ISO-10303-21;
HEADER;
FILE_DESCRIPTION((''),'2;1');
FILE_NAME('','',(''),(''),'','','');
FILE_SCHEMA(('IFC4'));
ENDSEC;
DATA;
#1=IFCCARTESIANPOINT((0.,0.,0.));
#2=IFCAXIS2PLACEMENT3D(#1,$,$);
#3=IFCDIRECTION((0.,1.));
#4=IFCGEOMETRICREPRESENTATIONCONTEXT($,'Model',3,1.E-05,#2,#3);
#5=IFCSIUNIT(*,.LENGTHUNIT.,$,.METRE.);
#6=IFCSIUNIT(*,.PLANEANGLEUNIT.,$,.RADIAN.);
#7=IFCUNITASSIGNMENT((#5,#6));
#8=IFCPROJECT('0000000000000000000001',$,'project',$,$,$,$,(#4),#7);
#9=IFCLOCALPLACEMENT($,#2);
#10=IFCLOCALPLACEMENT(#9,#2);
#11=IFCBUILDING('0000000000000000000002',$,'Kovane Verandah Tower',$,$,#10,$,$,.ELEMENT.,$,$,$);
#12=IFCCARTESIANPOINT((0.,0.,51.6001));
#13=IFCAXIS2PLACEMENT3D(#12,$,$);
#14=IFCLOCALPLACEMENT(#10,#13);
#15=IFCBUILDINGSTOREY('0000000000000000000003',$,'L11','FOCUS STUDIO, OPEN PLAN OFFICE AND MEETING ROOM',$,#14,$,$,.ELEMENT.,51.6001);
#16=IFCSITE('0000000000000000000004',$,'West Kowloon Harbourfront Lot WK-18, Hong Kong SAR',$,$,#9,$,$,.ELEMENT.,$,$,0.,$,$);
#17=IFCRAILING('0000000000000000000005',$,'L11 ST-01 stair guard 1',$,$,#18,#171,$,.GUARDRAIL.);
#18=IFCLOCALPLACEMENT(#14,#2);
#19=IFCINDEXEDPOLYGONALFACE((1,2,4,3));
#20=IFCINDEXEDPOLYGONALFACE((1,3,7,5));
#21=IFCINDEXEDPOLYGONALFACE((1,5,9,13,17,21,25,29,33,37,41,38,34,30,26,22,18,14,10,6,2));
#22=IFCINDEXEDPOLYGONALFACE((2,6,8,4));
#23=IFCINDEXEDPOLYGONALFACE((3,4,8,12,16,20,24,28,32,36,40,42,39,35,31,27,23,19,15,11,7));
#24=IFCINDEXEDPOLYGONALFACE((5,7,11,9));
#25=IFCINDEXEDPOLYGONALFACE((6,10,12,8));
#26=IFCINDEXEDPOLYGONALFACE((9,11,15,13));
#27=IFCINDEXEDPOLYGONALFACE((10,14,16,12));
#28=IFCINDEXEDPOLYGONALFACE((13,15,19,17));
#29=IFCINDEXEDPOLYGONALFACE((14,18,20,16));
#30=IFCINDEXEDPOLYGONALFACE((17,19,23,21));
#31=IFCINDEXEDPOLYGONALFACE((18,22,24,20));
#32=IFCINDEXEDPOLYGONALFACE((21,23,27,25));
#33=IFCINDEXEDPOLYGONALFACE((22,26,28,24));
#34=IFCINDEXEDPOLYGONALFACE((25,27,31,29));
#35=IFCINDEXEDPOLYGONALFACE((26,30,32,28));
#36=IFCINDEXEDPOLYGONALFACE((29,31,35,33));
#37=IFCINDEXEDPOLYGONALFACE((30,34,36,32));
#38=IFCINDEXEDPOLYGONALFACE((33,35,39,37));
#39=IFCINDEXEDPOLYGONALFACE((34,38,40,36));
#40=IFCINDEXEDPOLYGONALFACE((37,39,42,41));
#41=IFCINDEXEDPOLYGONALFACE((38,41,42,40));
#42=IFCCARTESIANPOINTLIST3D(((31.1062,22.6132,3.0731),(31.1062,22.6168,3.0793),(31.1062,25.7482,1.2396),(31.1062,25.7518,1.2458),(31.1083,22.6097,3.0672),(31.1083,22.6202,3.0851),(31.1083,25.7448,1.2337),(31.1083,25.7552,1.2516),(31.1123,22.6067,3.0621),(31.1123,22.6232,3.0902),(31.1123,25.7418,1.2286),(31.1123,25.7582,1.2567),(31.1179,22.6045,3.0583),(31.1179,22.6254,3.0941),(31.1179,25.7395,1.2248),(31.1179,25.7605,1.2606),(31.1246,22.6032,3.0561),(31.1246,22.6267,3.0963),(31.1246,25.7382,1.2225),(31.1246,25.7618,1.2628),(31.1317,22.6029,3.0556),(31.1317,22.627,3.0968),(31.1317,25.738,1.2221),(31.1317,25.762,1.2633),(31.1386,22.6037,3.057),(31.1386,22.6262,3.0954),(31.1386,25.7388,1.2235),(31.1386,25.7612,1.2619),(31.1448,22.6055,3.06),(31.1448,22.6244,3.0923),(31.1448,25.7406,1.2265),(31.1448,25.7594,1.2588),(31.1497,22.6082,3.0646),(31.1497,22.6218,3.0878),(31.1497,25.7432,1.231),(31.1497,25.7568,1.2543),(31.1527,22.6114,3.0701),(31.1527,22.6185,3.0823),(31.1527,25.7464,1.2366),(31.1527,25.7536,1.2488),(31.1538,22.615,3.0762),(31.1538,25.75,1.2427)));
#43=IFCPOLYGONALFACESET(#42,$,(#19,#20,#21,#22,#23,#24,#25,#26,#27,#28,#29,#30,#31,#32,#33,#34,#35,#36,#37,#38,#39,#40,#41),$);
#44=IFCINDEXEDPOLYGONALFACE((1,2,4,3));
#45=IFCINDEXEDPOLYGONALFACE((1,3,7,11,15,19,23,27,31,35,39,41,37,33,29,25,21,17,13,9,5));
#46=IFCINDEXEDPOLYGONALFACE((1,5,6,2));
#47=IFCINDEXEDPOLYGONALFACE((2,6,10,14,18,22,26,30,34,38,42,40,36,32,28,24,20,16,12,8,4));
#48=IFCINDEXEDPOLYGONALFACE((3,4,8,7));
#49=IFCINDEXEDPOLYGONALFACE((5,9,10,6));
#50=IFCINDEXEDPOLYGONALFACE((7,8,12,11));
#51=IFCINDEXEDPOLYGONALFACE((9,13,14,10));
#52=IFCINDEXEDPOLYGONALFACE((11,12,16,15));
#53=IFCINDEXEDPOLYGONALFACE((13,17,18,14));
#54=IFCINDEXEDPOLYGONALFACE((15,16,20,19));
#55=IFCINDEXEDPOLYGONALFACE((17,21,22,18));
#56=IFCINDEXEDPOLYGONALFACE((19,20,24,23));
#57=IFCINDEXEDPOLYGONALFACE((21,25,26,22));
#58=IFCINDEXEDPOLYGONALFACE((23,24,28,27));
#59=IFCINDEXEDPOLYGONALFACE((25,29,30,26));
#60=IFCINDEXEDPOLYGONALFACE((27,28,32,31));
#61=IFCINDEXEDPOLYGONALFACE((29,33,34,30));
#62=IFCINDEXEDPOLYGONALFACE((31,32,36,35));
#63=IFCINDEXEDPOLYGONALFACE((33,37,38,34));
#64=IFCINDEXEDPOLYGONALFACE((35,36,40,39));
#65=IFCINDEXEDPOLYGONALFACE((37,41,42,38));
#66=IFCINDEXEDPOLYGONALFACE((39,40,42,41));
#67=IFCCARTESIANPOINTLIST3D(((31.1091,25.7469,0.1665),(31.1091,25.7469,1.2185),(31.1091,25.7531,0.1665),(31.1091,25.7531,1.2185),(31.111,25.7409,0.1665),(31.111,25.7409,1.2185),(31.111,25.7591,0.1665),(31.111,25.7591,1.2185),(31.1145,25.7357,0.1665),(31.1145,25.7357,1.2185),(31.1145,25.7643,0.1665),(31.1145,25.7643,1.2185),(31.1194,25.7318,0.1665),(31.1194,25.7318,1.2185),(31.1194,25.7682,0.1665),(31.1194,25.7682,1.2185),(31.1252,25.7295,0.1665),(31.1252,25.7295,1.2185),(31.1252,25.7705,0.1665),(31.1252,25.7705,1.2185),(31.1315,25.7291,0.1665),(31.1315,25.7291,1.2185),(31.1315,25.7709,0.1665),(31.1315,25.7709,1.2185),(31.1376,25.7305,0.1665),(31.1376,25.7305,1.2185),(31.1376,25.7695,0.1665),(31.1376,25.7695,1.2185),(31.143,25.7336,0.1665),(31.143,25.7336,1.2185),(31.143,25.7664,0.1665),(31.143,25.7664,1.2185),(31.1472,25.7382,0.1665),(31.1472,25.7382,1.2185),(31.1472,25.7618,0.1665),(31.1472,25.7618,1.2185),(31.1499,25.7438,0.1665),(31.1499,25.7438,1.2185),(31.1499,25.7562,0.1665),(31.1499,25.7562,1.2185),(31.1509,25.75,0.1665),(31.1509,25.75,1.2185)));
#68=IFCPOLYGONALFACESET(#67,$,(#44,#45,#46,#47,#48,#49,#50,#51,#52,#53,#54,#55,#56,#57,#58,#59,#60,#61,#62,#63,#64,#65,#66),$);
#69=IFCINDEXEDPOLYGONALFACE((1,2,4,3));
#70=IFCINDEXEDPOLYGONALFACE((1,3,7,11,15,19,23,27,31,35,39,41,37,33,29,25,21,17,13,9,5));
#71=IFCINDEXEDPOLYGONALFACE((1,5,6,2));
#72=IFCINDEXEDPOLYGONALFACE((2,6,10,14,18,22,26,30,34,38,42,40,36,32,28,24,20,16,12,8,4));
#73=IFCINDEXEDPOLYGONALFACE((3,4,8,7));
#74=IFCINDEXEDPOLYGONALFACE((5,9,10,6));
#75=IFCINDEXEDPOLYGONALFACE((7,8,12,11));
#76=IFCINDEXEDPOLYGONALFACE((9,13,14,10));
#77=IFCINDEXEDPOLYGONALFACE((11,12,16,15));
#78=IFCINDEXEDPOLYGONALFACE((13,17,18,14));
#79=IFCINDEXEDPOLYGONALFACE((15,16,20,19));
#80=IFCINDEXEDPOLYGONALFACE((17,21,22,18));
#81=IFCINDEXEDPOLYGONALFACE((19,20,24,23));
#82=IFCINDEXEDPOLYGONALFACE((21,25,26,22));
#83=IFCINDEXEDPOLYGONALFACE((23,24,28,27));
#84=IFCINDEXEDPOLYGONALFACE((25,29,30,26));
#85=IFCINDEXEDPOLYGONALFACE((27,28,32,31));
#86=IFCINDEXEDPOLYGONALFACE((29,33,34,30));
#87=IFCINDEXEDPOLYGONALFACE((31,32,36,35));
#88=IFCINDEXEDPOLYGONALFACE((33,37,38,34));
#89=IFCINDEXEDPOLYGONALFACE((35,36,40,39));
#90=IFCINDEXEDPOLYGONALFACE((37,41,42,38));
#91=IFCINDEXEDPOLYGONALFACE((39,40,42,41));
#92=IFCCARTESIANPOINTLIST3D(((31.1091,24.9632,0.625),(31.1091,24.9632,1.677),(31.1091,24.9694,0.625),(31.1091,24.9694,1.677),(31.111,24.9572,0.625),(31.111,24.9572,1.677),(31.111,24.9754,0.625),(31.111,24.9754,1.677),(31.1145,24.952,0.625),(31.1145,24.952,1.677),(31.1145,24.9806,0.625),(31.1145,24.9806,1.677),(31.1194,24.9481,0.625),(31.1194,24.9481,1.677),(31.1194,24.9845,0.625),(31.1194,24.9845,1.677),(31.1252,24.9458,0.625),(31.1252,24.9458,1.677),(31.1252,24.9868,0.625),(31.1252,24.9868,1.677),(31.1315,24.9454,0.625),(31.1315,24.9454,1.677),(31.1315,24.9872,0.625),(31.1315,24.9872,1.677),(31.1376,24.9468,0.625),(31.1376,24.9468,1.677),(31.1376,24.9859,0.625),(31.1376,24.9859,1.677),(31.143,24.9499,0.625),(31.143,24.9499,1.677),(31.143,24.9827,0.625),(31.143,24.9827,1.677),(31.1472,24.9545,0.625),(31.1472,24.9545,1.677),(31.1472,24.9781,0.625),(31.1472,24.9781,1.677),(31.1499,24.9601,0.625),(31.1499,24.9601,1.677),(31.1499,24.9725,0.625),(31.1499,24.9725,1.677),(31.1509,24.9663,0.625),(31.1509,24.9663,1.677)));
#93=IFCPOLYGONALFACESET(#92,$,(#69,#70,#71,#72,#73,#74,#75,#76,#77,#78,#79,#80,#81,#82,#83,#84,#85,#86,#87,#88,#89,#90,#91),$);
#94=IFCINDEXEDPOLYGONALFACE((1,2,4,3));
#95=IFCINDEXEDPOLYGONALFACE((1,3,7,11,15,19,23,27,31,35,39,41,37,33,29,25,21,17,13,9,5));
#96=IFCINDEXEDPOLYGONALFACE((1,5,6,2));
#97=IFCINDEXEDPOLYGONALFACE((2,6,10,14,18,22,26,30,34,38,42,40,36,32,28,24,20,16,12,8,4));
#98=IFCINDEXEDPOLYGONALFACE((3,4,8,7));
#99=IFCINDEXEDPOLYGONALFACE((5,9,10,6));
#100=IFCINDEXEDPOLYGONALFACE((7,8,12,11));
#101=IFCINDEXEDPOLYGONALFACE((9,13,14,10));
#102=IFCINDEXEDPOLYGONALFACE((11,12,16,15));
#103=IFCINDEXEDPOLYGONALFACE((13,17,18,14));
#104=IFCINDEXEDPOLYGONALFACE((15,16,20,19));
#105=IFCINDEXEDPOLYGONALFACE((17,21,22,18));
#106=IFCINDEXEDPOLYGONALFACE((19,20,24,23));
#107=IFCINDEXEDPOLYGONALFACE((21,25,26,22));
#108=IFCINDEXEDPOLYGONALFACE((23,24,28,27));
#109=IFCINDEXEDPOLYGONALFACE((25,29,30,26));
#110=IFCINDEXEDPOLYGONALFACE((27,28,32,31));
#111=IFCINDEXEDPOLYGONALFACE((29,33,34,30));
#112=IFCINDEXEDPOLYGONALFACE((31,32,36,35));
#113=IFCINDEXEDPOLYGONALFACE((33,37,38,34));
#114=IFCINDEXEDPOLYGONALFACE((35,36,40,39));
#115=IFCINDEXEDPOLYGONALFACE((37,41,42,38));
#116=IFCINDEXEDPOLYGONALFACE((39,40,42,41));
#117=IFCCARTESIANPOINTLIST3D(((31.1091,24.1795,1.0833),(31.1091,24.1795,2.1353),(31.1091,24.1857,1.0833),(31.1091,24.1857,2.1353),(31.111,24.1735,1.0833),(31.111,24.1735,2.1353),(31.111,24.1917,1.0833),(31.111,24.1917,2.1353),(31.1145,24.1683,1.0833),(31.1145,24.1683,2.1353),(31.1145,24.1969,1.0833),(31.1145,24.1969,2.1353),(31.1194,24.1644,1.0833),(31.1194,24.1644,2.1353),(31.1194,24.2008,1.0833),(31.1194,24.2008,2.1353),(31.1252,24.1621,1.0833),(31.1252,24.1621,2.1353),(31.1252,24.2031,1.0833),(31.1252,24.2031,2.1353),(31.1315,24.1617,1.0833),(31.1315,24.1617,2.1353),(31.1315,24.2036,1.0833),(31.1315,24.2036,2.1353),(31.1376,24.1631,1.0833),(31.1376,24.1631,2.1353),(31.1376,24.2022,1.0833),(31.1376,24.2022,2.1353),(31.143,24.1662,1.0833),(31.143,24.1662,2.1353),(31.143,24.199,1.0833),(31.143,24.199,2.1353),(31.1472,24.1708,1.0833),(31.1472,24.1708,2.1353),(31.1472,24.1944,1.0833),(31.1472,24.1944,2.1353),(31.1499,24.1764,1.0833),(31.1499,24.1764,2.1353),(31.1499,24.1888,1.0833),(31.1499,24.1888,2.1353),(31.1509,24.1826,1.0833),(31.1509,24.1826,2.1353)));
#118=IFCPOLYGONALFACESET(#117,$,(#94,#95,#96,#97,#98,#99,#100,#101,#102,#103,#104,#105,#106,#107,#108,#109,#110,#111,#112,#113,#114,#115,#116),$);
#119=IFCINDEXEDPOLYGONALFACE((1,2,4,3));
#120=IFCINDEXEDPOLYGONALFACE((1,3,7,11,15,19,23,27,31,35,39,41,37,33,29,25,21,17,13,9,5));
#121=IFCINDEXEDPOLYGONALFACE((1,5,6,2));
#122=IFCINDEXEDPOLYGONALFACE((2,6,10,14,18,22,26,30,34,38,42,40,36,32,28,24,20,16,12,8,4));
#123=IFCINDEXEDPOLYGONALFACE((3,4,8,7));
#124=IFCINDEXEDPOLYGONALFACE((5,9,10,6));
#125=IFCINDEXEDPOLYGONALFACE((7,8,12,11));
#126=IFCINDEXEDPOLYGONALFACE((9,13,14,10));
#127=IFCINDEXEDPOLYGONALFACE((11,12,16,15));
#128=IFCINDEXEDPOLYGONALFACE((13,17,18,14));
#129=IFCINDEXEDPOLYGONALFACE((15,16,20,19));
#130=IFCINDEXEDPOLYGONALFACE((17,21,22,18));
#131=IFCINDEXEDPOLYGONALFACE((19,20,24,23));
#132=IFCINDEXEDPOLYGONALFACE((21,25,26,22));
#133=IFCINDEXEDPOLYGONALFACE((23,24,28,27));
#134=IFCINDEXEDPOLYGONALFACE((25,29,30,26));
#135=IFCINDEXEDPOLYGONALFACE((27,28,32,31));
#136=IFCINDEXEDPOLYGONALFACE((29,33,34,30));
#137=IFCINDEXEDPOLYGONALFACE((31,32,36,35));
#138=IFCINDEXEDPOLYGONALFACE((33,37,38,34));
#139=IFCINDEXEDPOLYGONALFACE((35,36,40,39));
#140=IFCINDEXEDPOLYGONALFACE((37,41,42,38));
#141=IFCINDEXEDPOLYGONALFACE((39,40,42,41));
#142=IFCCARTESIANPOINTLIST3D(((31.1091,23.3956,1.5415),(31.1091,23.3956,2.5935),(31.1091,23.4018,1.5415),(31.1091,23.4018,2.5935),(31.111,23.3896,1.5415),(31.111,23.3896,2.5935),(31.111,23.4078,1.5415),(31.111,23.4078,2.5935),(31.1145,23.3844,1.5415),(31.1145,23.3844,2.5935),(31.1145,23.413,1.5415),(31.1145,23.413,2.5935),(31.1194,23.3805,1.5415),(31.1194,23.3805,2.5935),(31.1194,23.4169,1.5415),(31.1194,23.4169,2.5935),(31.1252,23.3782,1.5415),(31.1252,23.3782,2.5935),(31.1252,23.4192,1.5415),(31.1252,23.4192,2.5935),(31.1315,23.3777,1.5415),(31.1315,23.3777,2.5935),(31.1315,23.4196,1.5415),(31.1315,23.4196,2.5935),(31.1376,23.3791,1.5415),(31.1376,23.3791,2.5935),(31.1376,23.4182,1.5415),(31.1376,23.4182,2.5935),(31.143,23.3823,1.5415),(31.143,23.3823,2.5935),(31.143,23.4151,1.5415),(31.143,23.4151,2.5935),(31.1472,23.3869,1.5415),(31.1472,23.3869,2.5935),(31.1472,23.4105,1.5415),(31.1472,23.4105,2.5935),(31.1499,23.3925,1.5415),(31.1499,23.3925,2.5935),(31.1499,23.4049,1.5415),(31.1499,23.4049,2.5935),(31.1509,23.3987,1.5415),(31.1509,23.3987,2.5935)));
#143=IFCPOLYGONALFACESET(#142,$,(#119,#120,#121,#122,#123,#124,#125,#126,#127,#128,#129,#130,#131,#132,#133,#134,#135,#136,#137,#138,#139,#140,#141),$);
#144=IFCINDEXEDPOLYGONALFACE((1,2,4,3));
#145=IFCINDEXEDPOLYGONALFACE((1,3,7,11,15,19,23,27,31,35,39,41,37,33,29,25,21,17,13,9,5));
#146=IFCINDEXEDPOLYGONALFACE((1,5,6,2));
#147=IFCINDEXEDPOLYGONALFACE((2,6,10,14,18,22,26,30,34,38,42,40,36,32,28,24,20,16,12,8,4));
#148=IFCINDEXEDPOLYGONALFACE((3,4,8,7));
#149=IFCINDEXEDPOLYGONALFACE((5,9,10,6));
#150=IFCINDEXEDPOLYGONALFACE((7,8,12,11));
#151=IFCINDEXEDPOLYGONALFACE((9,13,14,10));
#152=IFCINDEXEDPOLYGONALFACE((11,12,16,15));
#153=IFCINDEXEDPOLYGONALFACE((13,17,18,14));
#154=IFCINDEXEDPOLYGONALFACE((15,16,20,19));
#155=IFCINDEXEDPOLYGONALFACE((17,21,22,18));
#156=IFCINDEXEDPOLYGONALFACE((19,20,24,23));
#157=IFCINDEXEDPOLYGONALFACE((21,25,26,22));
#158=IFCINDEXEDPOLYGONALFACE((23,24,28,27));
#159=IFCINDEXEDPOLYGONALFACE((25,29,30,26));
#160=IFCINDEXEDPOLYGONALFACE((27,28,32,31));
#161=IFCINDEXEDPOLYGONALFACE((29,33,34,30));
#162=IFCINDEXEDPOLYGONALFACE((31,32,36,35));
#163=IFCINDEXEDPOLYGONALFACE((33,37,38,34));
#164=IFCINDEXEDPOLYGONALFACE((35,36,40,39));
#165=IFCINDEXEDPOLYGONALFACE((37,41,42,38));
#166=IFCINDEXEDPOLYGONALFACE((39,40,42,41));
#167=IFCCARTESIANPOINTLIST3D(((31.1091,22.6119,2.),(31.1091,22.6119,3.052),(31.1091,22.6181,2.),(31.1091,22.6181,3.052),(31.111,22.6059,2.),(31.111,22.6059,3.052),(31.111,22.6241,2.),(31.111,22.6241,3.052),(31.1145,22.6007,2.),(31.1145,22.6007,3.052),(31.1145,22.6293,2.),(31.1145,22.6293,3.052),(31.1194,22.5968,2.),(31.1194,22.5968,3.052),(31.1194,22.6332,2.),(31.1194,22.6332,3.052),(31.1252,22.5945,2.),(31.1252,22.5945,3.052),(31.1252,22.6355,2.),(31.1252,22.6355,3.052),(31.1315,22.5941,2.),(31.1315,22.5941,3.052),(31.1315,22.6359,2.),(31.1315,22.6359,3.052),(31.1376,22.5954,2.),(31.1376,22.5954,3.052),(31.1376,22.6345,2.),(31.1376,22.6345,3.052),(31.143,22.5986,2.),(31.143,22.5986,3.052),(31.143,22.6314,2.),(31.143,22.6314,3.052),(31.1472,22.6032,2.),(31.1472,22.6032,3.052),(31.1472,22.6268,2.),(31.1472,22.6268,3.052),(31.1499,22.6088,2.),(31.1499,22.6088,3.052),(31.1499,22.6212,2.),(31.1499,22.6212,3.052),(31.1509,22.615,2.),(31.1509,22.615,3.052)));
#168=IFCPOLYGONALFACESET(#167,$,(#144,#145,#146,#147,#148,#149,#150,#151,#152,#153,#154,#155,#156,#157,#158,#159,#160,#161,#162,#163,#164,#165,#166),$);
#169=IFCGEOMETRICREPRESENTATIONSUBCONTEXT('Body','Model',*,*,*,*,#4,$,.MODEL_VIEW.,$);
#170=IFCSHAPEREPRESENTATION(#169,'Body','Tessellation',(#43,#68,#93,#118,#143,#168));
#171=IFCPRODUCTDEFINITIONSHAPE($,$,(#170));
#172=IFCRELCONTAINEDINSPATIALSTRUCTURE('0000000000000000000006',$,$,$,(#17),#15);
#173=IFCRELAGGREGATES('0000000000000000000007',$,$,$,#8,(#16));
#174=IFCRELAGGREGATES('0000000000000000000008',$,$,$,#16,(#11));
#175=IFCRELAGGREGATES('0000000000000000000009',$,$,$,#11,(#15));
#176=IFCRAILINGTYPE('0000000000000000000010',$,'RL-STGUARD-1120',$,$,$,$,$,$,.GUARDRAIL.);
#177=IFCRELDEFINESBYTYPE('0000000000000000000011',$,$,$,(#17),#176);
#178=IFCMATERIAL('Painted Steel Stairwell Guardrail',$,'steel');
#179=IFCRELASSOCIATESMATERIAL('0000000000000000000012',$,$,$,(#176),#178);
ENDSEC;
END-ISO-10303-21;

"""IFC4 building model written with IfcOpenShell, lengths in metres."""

from ifc_helpers import new_model, si_unit, direction, frame, origin, origin_2d, place, context, subcontext, project, spatial, circle, extrude, material, type_object, element, save


model = new_model("IFC4")

# Units and contexts
model_context = context("Model", 3, precision=1e-05, world=origin(), true_north=direction((0.0, 1.0)))
body_context = subcontext(model_context, "Body", "Model", "MODEL_VIEW")
ifc_project = project(units=[si_unit("LENGTHUNIT", "METRE"), si_unit("PLANEANGLEUNIT", "RADIAN")], contexts=[model_context])

# Site, building, storey
site_placement = place(None, origin())
site = spatial("IfcSite", under=ifc_project, at=site_placement, Name="West Kowloon Harbourfront Lot WK-18, Hong Kong SAR", CompositionType="ELEMENT", RefElevation=0.0)
building_placement = place(site_placement, origin())
building = spatial("IfcBuilding", under=site, at=building_placement, Name="Kovane Verandah Tower", CompositionType="ELEMENT")
storey_placement = place(building_placement, frame((0.0, 0.0, 51.6001)))
storey = spatial("IfcBuildingStorey", under=building, at=storey_placement, Name="L11", Description="FOCUS STUDIO, OPEN PLAN OFFICE AND MEETING ROOM", CompositionType="ELEMENT", Elevation=51.6001)

# Railing
ifc_material_1 = material(Name="Painted Steel Stairwell Guardrail", Category="steel")
railing_type_1 = type_object("IfcRailingType", Name="RL-STGUARD-1120", PredefinedType="GUARDRAIL", material=ifc_material_1)
railing_1_placement = place(storey_placement, frame((31.1299, 25.75, 0.1665)))
element("IfcRailing", 1, at=railing_1_placement, inside=storey, type_object=railing_type_1, Name="L11 ST-01 stair guard 1", PredefinedType="GUARDRAIL", context=body_context, shape_type="SweptSolid", body=[
    extrude(circle(Radius=0.0239, at=origin_2d()), frame((0.0, 0.0, 1.0762), z_axis=(0.0, -0.86321, 0.504845), x_axis=(1.0, 0.0, 0.0)), (0.0, 0.0, 1.0), 3.6318),
    extrude(circle(Radius=0.021, at=origin_2d()), origin(), (0.0, 0.0, 1.0), 1.052),
    extrude(circle(Radius=0.021, at=origin_2d()), frame((0.0, -0.7837, 0.4585)), (0.0, 0.0, 1.0), 1.052),
    extrude(circle(Radius=0.021, at=origin_2d()), frame((0.0, -1.5674, 0.9167)), (0.0, 0.0, 1.0), 1.052),
    extrude(circle(Radius=0.021, at=origin_2d()), frame((0.0, -2.3513, 1.375)), (0.0, 0.0, 1.0), 1.052),
    extrude(circle(Radius=0.021, at=origin_2d()), frame((0.0, -3.135, 1.8335)), (0.0, 0.0, 1.0), 1.052),
])

save(model, "model.ifc")
